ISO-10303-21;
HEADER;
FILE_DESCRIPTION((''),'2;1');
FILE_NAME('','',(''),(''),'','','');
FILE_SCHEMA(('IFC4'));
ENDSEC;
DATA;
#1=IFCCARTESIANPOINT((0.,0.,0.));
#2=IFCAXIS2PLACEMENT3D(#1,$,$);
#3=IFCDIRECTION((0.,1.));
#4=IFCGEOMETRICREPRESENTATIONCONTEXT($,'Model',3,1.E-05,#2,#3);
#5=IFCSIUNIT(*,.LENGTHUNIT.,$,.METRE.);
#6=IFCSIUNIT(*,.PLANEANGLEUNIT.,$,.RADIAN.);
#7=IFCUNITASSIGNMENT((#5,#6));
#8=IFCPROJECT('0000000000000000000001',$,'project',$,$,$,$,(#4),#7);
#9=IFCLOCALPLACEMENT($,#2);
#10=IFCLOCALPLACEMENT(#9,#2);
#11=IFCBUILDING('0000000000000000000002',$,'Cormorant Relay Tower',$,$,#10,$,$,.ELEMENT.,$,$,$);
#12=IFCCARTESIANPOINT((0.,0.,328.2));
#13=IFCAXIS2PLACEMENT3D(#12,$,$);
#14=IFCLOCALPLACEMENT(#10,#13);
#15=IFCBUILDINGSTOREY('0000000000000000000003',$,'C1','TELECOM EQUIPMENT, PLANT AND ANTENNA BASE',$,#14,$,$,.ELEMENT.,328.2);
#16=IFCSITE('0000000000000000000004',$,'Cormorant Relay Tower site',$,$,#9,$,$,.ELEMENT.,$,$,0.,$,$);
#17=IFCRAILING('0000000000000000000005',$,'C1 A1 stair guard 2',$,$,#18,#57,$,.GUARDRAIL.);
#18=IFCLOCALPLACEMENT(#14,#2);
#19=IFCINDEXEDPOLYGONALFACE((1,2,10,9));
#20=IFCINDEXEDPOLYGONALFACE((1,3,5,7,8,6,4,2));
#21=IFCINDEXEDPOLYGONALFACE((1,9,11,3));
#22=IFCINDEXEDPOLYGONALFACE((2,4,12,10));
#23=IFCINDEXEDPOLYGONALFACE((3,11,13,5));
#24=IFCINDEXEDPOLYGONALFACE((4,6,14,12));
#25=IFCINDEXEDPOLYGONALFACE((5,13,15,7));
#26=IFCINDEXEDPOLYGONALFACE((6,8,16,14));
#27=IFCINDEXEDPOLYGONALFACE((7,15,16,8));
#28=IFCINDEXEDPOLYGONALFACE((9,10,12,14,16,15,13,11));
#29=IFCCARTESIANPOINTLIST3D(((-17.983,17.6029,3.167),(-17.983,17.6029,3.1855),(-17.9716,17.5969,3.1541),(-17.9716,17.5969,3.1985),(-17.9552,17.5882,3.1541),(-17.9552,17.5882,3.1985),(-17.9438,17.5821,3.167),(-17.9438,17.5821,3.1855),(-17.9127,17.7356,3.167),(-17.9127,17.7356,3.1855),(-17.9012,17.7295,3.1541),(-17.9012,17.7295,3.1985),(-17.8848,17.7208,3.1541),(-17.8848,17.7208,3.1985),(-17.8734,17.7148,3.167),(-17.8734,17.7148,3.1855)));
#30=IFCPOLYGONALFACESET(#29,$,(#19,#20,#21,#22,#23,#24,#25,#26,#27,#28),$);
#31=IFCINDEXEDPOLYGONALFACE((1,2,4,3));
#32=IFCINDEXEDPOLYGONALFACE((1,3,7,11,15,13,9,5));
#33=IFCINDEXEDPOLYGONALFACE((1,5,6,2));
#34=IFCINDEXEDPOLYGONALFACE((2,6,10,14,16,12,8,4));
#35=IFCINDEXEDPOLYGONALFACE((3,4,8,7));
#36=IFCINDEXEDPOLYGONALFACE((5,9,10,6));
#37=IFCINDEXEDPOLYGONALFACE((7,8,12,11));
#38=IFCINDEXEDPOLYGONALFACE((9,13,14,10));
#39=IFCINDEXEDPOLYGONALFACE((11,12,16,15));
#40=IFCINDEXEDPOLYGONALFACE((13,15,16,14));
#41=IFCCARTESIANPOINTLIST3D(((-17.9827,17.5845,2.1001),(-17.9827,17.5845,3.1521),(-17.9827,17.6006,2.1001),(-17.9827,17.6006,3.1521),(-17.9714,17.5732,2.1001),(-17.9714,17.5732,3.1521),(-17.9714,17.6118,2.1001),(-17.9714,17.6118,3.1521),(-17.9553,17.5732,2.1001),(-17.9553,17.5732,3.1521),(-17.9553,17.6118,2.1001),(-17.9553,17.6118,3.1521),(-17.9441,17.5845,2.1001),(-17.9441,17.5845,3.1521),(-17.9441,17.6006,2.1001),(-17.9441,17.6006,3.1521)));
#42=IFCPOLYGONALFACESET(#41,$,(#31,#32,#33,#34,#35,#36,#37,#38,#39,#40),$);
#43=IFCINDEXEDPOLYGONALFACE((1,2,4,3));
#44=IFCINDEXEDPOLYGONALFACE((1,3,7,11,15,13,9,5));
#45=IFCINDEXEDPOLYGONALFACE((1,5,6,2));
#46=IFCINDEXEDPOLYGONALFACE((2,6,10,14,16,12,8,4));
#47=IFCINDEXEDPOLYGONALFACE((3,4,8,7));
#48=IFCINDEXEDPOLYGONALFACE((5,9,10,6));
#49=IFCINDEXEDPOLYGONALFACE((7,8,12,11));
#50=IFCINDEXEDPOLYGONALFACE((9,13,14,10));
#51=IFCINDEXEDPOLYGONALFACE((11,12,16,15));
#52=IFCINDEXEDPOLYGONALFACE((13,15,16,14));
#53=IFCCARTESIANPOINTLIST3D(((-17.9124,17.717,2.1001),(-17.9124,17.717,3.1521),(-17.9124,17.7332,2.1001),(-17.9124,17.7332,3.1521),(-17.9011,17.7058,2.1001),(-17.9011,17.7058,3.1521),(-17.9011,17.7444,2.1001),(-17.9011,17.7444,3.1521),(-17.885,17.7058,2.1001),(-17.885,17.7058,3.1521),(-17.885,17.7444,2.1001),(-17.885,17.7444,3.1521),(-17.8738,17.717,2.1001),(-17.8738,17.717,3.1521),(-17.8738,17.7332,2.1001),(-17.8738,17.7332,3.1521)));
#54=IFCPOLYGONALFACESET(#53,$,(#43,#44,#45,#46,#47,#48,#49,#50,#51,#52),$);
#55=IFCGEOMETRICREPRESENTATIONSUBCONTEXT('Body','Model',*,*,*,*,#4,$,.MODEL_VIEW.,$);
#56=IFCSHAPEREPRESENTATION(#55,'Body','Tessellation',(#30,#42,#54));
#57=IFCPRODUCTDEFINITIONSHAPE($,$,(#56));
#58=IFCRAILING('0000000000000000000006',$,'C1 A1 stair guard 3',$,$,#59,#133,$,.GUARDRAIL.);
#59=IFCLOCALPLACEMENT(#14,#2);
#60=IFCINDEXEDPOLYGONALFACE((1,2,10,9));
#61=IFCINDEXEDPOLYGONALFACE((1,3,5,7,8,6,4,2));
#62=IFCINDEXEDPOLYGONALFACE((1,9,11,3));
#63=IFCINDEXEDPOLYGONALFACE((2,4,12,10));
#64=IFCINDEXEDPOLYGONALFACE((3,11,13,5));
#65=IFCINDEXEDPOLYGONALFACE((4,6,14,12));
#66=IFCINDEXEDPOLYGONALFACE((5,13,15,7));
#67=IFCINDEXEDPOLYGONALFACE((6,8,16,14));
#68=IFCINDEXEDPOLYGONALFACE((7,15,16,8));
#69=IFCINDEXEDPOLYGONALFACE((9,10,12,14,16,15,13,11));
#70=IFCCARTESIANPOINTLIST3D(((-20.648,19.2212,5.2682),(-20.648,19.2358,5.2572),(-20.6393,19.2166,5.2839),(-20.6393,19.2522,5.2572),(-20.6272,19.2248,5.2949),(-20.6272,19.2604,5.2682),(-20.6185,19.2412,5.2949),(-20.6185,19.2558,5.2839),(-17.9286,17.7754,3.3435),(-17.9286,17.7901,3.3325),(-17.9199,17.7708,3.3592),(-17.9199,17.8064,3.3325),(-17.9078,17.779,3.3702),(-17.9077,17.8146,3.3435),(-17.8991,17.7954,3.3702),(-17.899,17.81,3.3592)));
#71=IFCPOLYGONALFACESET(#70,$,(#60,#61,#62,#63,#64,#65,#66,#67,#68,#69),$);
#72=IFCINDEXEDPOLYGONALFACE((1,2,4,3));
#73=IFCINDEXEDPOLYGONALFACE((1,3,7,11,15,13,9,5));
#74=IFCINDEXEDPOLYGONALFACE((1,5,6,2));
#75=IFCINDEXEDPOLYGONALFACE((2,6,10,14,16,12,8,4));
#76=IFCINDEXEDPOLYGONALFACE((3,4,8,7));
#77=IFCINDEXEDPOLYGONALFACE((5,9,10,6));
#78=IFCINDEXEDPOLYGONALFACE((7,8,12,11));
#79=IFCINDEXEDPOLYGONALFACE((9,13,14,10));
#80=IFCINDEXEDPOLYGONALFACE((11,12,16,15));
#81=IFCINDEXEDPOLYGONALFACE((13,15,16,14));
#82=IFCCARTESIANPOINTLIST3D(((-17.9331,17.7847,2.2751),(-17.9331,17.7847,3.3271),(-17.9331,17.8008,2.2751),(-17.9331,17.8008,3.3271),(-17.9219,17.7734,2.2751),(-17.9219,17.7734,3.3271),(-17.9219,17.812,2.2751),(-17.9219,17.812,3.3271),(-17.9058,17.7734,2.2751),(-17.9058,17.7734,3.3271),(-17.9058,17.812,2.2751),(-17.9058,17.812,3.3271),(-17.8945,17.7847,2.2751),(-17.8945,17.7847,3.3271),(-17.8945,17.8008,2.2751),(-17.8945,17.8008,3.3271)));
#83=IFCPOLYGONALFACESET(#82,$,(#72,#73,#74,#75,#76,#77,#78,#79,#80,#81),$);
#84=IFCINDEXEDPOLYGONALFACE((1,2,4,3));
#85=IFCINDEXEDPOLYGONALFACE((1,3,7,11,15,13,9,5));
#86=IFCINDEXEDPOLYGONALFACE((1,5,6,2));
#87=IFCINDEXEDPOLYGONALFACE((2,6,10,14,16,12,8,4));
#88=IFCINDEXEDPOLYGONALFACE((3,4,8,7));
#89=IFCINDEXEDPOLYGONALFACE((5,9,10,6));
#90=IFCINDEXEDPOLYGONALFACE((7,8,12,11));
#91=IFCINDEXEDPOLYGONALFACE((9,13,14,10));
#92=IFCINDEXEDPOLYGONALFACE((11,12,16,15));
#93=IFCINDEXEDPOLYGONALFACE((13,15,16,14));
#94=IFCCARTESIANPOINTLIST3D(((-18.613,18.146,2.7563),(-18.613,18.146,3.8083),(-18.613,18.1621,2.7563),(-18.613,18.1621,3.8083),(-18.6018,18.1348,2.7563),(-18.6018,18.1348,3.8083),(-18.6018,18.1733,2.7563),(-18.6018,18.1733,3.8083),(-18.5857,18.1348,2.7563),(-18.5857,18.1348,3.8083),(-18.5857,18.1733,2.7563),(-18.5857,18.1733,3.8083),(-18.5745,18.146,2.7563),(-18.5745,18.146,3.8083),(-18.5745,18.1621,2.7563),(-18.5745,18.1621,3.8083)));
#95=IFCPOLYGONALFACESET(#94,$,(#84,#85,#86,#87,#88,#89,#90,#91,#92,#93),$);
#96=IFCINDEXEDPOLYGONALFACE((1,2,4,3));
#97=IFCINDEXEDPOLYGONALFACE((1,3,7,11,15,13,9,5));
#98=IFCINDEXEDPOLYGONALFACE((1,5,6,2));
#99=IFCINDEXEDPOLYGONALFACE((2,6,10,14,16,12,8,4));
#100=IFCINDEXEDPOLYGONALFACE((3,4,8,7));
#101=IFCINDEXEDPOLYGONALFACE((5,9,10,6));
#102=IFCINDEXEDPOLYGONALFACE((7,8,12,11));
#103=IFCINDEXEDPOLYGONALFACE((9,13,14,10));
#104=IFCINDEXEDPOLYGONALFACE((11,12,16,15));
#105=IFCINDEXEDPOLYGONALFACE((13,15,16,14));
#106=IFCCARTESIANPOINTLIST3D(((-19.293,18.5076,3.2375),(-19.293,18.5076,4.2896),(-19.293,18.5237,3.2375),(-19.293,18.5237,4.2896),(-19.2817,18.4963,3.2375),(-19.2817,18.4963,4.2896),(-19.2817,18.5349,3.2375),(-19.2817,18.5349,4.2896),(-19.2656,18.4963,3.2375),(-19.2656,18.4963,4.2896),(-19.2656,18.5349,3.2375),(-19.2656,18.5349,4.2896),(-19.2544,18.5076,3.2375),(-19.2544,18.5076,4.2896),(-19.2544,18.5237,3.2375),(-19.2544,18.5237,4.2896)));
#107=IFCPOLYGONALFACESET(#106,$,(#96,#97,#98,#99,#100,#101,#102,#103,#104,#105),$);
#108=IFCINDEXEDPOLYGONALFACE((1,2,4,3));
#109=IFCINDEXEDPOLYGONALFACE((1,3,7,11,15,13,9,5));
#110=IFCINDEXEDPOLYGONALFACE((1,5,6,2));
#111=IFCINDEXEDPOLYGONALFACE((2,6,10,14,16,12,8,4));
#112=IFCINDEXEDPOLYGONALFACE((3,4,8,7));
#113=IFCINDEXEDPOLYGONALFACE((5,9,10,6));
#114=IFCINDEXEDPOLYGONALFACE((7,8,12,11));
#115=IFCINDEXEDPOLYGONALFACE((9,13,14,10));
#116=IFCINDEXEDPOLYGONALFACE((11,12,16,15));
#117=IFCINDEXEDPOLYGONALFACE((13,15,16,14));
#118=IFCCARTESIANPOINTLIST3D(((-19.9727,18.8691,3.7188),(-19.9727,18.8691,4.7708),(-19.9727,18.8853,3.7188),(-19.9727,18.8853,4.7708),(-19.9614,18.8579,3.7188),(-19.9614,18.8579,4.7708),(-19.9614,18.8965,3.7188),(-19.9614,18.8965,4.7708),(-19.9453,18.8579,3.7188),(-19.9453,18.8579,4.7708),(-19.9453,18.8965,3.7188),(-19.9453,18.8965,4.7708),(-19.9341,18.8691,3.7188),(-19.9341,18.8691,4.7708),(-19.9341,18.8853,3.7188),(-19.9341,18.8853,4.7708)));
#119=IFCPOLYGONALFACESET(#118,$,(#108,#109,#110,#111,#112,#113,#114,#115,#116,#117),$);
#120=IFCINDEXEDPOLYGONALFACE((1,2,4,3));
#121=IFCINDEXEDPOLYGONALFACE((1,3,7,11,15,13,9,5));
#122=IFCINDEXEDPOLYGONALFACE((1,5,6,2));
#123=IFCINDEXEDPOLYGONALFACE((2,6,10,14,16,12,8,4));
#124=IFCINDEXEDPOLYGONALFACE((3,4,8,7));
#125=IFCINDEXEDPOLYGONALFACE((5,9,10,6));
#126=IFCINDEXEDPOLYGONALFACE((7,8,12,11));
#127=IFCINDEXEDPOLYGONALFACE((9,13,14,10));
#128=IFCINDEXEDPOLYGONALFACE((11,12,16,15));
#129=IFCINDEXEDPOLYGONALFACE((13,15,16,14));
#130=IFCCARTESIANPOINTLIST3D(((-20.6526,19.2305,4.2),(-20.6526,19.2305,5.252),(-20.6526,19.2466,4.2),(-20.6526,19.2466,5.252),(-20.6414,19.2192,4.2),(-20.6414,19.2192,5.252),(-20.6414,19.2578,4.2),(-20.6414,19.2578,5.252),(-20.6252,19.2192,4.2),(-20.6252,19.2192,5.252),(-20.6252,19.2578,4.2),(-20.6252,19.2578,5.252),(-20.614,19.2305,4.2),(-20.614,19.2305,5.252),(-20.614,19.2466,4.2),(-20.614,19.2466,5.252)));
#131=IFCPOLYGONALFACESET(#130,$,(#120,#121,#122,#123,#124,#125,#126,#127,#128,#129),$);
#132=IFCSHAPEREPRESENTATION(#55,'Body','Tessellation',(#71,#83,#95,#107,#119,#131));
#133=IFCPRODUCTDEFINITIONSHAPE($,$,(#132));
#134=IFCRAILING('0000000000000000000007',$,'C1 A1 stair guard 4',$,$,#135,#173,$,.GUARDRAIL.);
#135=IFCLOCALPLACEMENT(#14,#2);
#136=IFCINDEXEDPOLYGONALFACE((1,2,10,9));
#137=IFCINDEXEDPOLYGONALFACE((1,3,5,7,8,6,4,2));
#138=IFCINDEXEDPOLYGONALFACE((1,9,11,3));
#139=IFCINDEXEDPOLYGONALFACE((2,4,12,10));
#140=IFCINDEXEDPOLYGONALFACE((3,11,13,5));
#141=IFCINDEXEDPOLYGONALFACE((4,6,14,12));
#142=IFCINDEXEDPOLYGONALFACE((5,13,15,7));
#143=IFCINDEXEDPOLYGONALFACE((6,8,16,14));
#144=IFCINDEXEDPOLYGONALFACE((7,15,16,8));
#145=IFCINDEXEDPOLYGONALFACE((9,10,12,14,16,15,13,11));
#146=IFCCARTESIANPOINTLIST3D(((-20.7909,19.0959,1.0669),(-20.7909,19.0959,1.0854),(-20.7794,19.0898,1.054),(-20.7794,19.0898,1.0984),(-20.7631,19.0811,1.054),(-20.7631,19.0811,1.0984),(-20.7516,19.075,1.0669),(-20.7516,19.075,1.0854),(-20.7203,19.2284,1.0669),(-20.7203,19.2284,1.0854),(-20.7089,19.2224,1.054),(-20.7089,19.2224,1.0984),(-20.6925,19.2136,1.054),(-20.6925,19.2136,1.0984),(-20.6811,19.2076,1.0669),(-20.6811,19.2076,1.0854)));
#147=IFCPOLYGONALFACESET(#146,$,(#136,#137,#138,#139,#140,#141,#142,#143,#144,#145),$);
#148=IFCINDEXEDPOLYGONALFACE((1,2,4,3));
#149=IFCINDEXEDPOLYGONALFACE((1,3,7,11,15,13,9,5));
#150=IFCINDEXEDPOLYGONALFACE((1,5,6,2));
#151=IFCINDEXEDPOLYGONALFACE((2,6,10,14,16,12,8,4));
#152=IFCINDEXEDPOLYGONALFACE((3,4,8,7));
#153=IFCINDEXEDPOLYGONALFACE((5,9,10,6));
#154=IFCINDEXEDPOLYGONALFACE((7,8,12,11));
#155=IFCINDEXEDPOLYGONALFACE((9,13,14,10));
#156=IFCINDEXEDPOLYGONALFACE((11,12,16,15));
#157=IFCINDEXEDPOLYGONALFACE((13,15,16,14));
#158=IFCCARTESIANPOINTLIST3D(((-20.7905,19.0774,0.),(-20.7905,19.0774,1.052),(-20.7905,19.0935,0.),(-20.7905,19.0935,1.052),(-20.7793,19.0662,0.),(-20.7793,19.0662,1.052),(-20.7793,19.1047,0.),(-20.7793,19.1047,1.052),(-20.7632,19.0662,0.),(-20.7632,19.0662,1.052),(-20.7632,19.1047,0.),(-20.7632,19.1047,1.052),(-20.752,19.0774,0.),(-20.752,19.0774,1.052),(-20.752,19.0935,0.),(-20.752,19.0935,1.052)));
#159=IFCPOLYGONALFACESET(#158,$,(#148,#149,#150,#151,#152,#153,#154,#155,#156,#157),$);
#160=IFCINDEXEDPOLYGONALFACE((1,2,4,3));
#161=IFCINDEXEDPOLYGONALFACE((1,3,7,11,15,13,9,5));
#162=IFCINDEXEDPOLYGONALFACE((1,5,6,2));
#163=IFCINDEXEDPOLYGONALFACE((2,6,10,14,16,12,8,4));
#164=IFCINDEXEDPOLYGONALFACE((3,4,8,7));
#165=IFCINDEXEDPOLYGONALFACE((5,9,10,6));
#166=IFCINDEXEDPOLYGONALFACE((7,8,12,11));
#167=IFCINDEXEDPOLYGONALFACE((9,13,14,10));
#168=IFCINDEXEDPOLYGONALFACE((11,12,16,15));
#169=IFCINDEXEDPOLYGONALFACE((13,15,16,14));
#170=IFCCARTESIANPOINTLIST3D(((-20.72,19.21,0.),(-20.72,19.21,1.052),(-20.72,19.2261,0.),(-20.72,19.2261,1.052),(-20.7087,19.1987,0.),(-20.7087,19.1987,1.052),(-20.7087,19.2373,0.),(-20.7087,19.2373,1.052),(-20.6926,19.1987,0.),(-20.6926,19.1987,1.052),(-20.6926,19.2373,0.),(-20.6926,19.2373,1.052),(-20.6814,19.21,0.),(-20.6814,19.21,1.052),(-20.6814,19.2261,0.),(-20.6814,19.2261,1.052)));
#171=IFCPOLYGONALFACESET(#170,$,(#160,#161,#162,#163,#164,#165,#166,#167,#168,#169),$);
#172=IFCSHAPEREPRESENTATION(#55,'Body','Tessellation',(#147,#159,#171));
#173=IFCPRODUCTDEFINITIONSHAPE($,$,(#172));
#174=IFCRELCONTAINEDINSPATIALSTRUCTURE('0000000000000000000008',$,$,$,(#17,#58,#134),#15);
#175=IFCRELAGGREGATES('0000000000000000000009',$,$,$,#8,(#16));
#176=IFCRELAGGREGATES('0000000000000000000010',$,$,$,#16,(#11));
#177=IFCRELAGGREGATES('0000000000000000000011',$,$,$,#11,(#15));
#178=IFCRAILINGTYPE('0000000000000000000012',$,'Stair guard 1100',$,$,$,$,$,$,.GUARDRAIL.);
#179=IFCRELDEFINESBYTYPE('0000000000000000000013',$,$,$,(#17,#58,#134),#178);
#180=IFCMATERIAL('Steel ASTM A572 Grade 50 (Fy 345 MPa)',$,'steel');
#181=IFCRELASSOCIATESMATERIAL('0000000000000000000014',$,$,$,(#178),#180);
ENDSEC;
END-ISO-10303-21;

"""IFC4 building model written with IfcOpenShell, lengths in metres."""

from ifc_helpers import new_model, si_unit, direction, frame, origin, place, context, subcontext, project, spatial, polyline, outline, extrude, material, type_object, element, save


model = new_model("IFC4")

# Units and contexts
model_context = context("Model", 3, precision=1e-05, world=origin(), true_north=direction((0.0, 1.0)))
body_context = subcontext(model_context, "Body", "Model", "MODEL_VIEW")
ifc_project = project(units=[si_unit("LENGTHUNIT", "METRE"), si_unit("PLANEANGLEUNIT", "RADIAN")], contexts=[model_context])

# Site, building, storey
site_placement = place(None, origin())
site = spatial("IfcSite", under=ifc_project, at=site_placement, Name="Cormorant Relay Tower site", CompositionType="ELEMENT", RefElevation=0.0)
building_placement = place(site_placement, origin())
building = spatial("IfcBuilding", under=site, at=building_placement, Name="Cormorant Relay Tower", CompositionType="ELEMENT")
storey_placement = place(building_placement, frame((0.0, 0.0, 328.2)))
storey = spatial("IfcBuildingStorey", under=building, at=storey_placement, Name="C1", Description="TELECOM EQUIPMENT, PLANT AND ANTENNA BASE", CompositionType="ELEMENT", Elevation=328.2)

# Railings
ifc_material_1 = material(Name="Steel ASTM A572 Grade 50 (Fy 345 MPa)", Category="steel")
railing_type_1 = type_object("IfcRailingType", Name="Stair guard 1100", PredefinedType="GUARDRAIL", material=ifc_material_1)
railing_1_placement = place(storey_placement, frame((-17.9634, 17.5925, 2.1001)))
element("IfcRailing", 1, at=railing_1_placement, inside=storey, type_object=railing_type_1, Name="C1 A1 stair guard 2", PredefinedType="GUARDRAIL", context=body_context, shape_type="SweptSolid", body=[
    extrude(outline(polyline([(0.0222, 0.0093), (0.0093, 0.0222), (-0.0093, 0.0222), (-0.0222, 0.0093), (-0.0222, -0.0093), (-0.0093, -0.0222), (0.0093, -0.0222), (0.0222, -0.0093), (0.0222, 0.0093)])), frame((0.0, 0.0, 1.0762), z_axis=(0.46856, 0.883431, 0.0), x_axis=(-0.883431, 0.46856, 0.0)), (0.0, 0.0, 1.0), 0.1501),
    extrude(outline(polyline([(0.0193, 0.0081), (0.0081, 0.0193), (-0.0081, 0.0193), (-0.0193, 0.0081), (-0.0193, -0.0081), (-0.0081, -0.0193), (0.0081, -0.0193), (0.0193, -0.0081), (0.0193, 0.0081)])), origin(), (0.0, 0.0, 1.0), 1.052),
    extrude(outline(polyline([(0.0193, 0.0081), (0.0081, 0.0193), (-0.0081, 0.0193), (-0.0193, 0.0081), (-0.0193, -0.0081), (-0.0081, -0.0193), (0.0081, -0.0193), (0.0193, -0.0081), (0.0193, 0.0081)])), frame((0.0703, 0.1326, 0.0)), (0.0, 0.0, 1.0), 1.052),
])
railing_2_placement = place(storey_placement, frame((-17.9138, 17.7927, 2.2751)))
element("IfcRailing", 2, at=railing_2_placement, inside=storey, type_object=railing_type_1, Name="C1 A1 stair guard 3", PredefinedType="GUARDRAIL", context=body_context, shape_type="SweptSolid", body=[
    extrude(outline(polyline([(0.0222, 0.0093), (0.0093, 0.0222), (-0.0093, 0.0222), (-0.0222, 0.0093), (-0.0222, -0.0093), (-0.0093, -0.0222), (0.0093, -0.0222), (0.0222, -0.0093), (0.0222, 0.0093)])), frame((0.0, 0.0, 1.0762), z_axis=(-0.748774, 0.398082, 0.52997), x_axis=(-0.469428, -0.882971, 0.0)), (0.0, 0.0, 1.0), 3.6318),
    extrude(outline(polyline([(0.0193, 0.0081), (0.0081, 0.0193), (-0.0081, 0.0193), (-0.0193, 0.0081), (-0.0193, -0.0081), (-0.0081, -0.0193), (0.0081, -0.0193), (0.0193, -0.0081), (0.0193, 0.0081)])), origin(), (0.0, 0.0, 1.0), 1.052),
    extrude(outline(polyline([(0.0193, 0.0081), (0.0081, 0.0193), (-0.0081, 0.0193), (-0.0193, 0.0081), (-0.0193, -0.0081), (-0.0081, -0.0193), (0.0081, -0.0193), (0.0193, -0.0081), (0.0193, 0.0081)])), frame((-0.6799, 0.3613, 0.4812)), (0.0, 0.0, 1.0), 1.052),
    extrude(outline(polyline([(0.0193, 0.0081), (0.0081, 0.0193), (-0.0081, 0.0193), (-0.0193, 0.0081), (-0.0193, -0.0081), (-0.0081, -0.0193), (0.0081, -0.0193), (0.0193, -0.0081), (0.0193, 0.0081)])), frame((-1.3599, 0.7229, 0.9624)), (0.0, 0.0, 1.0), 1.052),
    extrude(outline(polyline([(0.0193, 0.0081), (0.0081, 0.0193), (-0.0081, 0.0193), (-0.0193, 0.0081), (-0.0193, -0.0081), (-0.0081, -0.0193), (0.0081, -0.0193), (0.0193, -0.0081), (0.0193, 0.0081)])), frame((-2.0396, 1.0845, 1.4436)), (0.0, 0.0, 1.0), 1.052),
    extrude(outline(polyline([(0.0193, 0.0081), (0.0081, 0.0193), (-0.0081, 0.0193), (-0.0193, 0.0081), (-0.0193, -0.0081), (-0.0081, -0.0193), (0.0081, -0.0193), (0.0193, -0.0081), (0.0193, 0.0081)])), frame((-2.7195, 1.4458, 1.9248)), (0.0, 0.0, 1.0), 1.052),
])
railing_3_placement = place(storey_placement, frame((-20.7712, 19.0854, 0.0)))
element("IfcRailing", 3, at=railing_3_placement, inside=storey, type_object=railing_type_1, Name="C1 A1 stair guard 4", PredefinedType="GUARDRAIL", context=body_context, shape_type="SweptSolid", body=[
    extrude(outline(polyline([(0.0222, 0.0093), (0.0093, 0.0222), (-0.0093, 0.0222), (-0.0222, 0.0093), (-0.0222, -0.0093), (-0.0093, -0.0222), (0.0093, -0.0222), (0.0222, -0.0093), (0.0222, 0.0093)])), frame((0.0, 0.0, 1.0762), z_axis=(0.469829, 0.882758, 0.0), x_axis=(-0.882758, 0.469829, 0.0)), (0.0, 0.0, 1.0), 0.1501),
    extrude(outline(polyline([(0.0193, 0.0081), (0.0081, 0.0193), (-0.0081, 0.0193), (-0.0193, 0.0081), (-0.0193, -0.0081), (-0.0081, -0.0193), (0.0081, -0.0193), (0.0193, -0.0081), (0.0193, 0.0081)])), origin(), (0.0, 0.0, 1.0), 1.052),
    extrude(outline(polyline([(0.0193, 0.0081), (0.0081, 0.0193), (-0.0081, 0.0193), (-0.0193, 0.0081), (-0.0193, -0.0081), (-0.0081, -0.0193), (0.0081, -0.0193), (0.0193, -0.0081), (0.0193, 0.0081)])), frame((0.0706, 0.1326, 0.0)), (0.0, 0.0, 1.0), 1.052),
])

save(model, "model.ifc")
